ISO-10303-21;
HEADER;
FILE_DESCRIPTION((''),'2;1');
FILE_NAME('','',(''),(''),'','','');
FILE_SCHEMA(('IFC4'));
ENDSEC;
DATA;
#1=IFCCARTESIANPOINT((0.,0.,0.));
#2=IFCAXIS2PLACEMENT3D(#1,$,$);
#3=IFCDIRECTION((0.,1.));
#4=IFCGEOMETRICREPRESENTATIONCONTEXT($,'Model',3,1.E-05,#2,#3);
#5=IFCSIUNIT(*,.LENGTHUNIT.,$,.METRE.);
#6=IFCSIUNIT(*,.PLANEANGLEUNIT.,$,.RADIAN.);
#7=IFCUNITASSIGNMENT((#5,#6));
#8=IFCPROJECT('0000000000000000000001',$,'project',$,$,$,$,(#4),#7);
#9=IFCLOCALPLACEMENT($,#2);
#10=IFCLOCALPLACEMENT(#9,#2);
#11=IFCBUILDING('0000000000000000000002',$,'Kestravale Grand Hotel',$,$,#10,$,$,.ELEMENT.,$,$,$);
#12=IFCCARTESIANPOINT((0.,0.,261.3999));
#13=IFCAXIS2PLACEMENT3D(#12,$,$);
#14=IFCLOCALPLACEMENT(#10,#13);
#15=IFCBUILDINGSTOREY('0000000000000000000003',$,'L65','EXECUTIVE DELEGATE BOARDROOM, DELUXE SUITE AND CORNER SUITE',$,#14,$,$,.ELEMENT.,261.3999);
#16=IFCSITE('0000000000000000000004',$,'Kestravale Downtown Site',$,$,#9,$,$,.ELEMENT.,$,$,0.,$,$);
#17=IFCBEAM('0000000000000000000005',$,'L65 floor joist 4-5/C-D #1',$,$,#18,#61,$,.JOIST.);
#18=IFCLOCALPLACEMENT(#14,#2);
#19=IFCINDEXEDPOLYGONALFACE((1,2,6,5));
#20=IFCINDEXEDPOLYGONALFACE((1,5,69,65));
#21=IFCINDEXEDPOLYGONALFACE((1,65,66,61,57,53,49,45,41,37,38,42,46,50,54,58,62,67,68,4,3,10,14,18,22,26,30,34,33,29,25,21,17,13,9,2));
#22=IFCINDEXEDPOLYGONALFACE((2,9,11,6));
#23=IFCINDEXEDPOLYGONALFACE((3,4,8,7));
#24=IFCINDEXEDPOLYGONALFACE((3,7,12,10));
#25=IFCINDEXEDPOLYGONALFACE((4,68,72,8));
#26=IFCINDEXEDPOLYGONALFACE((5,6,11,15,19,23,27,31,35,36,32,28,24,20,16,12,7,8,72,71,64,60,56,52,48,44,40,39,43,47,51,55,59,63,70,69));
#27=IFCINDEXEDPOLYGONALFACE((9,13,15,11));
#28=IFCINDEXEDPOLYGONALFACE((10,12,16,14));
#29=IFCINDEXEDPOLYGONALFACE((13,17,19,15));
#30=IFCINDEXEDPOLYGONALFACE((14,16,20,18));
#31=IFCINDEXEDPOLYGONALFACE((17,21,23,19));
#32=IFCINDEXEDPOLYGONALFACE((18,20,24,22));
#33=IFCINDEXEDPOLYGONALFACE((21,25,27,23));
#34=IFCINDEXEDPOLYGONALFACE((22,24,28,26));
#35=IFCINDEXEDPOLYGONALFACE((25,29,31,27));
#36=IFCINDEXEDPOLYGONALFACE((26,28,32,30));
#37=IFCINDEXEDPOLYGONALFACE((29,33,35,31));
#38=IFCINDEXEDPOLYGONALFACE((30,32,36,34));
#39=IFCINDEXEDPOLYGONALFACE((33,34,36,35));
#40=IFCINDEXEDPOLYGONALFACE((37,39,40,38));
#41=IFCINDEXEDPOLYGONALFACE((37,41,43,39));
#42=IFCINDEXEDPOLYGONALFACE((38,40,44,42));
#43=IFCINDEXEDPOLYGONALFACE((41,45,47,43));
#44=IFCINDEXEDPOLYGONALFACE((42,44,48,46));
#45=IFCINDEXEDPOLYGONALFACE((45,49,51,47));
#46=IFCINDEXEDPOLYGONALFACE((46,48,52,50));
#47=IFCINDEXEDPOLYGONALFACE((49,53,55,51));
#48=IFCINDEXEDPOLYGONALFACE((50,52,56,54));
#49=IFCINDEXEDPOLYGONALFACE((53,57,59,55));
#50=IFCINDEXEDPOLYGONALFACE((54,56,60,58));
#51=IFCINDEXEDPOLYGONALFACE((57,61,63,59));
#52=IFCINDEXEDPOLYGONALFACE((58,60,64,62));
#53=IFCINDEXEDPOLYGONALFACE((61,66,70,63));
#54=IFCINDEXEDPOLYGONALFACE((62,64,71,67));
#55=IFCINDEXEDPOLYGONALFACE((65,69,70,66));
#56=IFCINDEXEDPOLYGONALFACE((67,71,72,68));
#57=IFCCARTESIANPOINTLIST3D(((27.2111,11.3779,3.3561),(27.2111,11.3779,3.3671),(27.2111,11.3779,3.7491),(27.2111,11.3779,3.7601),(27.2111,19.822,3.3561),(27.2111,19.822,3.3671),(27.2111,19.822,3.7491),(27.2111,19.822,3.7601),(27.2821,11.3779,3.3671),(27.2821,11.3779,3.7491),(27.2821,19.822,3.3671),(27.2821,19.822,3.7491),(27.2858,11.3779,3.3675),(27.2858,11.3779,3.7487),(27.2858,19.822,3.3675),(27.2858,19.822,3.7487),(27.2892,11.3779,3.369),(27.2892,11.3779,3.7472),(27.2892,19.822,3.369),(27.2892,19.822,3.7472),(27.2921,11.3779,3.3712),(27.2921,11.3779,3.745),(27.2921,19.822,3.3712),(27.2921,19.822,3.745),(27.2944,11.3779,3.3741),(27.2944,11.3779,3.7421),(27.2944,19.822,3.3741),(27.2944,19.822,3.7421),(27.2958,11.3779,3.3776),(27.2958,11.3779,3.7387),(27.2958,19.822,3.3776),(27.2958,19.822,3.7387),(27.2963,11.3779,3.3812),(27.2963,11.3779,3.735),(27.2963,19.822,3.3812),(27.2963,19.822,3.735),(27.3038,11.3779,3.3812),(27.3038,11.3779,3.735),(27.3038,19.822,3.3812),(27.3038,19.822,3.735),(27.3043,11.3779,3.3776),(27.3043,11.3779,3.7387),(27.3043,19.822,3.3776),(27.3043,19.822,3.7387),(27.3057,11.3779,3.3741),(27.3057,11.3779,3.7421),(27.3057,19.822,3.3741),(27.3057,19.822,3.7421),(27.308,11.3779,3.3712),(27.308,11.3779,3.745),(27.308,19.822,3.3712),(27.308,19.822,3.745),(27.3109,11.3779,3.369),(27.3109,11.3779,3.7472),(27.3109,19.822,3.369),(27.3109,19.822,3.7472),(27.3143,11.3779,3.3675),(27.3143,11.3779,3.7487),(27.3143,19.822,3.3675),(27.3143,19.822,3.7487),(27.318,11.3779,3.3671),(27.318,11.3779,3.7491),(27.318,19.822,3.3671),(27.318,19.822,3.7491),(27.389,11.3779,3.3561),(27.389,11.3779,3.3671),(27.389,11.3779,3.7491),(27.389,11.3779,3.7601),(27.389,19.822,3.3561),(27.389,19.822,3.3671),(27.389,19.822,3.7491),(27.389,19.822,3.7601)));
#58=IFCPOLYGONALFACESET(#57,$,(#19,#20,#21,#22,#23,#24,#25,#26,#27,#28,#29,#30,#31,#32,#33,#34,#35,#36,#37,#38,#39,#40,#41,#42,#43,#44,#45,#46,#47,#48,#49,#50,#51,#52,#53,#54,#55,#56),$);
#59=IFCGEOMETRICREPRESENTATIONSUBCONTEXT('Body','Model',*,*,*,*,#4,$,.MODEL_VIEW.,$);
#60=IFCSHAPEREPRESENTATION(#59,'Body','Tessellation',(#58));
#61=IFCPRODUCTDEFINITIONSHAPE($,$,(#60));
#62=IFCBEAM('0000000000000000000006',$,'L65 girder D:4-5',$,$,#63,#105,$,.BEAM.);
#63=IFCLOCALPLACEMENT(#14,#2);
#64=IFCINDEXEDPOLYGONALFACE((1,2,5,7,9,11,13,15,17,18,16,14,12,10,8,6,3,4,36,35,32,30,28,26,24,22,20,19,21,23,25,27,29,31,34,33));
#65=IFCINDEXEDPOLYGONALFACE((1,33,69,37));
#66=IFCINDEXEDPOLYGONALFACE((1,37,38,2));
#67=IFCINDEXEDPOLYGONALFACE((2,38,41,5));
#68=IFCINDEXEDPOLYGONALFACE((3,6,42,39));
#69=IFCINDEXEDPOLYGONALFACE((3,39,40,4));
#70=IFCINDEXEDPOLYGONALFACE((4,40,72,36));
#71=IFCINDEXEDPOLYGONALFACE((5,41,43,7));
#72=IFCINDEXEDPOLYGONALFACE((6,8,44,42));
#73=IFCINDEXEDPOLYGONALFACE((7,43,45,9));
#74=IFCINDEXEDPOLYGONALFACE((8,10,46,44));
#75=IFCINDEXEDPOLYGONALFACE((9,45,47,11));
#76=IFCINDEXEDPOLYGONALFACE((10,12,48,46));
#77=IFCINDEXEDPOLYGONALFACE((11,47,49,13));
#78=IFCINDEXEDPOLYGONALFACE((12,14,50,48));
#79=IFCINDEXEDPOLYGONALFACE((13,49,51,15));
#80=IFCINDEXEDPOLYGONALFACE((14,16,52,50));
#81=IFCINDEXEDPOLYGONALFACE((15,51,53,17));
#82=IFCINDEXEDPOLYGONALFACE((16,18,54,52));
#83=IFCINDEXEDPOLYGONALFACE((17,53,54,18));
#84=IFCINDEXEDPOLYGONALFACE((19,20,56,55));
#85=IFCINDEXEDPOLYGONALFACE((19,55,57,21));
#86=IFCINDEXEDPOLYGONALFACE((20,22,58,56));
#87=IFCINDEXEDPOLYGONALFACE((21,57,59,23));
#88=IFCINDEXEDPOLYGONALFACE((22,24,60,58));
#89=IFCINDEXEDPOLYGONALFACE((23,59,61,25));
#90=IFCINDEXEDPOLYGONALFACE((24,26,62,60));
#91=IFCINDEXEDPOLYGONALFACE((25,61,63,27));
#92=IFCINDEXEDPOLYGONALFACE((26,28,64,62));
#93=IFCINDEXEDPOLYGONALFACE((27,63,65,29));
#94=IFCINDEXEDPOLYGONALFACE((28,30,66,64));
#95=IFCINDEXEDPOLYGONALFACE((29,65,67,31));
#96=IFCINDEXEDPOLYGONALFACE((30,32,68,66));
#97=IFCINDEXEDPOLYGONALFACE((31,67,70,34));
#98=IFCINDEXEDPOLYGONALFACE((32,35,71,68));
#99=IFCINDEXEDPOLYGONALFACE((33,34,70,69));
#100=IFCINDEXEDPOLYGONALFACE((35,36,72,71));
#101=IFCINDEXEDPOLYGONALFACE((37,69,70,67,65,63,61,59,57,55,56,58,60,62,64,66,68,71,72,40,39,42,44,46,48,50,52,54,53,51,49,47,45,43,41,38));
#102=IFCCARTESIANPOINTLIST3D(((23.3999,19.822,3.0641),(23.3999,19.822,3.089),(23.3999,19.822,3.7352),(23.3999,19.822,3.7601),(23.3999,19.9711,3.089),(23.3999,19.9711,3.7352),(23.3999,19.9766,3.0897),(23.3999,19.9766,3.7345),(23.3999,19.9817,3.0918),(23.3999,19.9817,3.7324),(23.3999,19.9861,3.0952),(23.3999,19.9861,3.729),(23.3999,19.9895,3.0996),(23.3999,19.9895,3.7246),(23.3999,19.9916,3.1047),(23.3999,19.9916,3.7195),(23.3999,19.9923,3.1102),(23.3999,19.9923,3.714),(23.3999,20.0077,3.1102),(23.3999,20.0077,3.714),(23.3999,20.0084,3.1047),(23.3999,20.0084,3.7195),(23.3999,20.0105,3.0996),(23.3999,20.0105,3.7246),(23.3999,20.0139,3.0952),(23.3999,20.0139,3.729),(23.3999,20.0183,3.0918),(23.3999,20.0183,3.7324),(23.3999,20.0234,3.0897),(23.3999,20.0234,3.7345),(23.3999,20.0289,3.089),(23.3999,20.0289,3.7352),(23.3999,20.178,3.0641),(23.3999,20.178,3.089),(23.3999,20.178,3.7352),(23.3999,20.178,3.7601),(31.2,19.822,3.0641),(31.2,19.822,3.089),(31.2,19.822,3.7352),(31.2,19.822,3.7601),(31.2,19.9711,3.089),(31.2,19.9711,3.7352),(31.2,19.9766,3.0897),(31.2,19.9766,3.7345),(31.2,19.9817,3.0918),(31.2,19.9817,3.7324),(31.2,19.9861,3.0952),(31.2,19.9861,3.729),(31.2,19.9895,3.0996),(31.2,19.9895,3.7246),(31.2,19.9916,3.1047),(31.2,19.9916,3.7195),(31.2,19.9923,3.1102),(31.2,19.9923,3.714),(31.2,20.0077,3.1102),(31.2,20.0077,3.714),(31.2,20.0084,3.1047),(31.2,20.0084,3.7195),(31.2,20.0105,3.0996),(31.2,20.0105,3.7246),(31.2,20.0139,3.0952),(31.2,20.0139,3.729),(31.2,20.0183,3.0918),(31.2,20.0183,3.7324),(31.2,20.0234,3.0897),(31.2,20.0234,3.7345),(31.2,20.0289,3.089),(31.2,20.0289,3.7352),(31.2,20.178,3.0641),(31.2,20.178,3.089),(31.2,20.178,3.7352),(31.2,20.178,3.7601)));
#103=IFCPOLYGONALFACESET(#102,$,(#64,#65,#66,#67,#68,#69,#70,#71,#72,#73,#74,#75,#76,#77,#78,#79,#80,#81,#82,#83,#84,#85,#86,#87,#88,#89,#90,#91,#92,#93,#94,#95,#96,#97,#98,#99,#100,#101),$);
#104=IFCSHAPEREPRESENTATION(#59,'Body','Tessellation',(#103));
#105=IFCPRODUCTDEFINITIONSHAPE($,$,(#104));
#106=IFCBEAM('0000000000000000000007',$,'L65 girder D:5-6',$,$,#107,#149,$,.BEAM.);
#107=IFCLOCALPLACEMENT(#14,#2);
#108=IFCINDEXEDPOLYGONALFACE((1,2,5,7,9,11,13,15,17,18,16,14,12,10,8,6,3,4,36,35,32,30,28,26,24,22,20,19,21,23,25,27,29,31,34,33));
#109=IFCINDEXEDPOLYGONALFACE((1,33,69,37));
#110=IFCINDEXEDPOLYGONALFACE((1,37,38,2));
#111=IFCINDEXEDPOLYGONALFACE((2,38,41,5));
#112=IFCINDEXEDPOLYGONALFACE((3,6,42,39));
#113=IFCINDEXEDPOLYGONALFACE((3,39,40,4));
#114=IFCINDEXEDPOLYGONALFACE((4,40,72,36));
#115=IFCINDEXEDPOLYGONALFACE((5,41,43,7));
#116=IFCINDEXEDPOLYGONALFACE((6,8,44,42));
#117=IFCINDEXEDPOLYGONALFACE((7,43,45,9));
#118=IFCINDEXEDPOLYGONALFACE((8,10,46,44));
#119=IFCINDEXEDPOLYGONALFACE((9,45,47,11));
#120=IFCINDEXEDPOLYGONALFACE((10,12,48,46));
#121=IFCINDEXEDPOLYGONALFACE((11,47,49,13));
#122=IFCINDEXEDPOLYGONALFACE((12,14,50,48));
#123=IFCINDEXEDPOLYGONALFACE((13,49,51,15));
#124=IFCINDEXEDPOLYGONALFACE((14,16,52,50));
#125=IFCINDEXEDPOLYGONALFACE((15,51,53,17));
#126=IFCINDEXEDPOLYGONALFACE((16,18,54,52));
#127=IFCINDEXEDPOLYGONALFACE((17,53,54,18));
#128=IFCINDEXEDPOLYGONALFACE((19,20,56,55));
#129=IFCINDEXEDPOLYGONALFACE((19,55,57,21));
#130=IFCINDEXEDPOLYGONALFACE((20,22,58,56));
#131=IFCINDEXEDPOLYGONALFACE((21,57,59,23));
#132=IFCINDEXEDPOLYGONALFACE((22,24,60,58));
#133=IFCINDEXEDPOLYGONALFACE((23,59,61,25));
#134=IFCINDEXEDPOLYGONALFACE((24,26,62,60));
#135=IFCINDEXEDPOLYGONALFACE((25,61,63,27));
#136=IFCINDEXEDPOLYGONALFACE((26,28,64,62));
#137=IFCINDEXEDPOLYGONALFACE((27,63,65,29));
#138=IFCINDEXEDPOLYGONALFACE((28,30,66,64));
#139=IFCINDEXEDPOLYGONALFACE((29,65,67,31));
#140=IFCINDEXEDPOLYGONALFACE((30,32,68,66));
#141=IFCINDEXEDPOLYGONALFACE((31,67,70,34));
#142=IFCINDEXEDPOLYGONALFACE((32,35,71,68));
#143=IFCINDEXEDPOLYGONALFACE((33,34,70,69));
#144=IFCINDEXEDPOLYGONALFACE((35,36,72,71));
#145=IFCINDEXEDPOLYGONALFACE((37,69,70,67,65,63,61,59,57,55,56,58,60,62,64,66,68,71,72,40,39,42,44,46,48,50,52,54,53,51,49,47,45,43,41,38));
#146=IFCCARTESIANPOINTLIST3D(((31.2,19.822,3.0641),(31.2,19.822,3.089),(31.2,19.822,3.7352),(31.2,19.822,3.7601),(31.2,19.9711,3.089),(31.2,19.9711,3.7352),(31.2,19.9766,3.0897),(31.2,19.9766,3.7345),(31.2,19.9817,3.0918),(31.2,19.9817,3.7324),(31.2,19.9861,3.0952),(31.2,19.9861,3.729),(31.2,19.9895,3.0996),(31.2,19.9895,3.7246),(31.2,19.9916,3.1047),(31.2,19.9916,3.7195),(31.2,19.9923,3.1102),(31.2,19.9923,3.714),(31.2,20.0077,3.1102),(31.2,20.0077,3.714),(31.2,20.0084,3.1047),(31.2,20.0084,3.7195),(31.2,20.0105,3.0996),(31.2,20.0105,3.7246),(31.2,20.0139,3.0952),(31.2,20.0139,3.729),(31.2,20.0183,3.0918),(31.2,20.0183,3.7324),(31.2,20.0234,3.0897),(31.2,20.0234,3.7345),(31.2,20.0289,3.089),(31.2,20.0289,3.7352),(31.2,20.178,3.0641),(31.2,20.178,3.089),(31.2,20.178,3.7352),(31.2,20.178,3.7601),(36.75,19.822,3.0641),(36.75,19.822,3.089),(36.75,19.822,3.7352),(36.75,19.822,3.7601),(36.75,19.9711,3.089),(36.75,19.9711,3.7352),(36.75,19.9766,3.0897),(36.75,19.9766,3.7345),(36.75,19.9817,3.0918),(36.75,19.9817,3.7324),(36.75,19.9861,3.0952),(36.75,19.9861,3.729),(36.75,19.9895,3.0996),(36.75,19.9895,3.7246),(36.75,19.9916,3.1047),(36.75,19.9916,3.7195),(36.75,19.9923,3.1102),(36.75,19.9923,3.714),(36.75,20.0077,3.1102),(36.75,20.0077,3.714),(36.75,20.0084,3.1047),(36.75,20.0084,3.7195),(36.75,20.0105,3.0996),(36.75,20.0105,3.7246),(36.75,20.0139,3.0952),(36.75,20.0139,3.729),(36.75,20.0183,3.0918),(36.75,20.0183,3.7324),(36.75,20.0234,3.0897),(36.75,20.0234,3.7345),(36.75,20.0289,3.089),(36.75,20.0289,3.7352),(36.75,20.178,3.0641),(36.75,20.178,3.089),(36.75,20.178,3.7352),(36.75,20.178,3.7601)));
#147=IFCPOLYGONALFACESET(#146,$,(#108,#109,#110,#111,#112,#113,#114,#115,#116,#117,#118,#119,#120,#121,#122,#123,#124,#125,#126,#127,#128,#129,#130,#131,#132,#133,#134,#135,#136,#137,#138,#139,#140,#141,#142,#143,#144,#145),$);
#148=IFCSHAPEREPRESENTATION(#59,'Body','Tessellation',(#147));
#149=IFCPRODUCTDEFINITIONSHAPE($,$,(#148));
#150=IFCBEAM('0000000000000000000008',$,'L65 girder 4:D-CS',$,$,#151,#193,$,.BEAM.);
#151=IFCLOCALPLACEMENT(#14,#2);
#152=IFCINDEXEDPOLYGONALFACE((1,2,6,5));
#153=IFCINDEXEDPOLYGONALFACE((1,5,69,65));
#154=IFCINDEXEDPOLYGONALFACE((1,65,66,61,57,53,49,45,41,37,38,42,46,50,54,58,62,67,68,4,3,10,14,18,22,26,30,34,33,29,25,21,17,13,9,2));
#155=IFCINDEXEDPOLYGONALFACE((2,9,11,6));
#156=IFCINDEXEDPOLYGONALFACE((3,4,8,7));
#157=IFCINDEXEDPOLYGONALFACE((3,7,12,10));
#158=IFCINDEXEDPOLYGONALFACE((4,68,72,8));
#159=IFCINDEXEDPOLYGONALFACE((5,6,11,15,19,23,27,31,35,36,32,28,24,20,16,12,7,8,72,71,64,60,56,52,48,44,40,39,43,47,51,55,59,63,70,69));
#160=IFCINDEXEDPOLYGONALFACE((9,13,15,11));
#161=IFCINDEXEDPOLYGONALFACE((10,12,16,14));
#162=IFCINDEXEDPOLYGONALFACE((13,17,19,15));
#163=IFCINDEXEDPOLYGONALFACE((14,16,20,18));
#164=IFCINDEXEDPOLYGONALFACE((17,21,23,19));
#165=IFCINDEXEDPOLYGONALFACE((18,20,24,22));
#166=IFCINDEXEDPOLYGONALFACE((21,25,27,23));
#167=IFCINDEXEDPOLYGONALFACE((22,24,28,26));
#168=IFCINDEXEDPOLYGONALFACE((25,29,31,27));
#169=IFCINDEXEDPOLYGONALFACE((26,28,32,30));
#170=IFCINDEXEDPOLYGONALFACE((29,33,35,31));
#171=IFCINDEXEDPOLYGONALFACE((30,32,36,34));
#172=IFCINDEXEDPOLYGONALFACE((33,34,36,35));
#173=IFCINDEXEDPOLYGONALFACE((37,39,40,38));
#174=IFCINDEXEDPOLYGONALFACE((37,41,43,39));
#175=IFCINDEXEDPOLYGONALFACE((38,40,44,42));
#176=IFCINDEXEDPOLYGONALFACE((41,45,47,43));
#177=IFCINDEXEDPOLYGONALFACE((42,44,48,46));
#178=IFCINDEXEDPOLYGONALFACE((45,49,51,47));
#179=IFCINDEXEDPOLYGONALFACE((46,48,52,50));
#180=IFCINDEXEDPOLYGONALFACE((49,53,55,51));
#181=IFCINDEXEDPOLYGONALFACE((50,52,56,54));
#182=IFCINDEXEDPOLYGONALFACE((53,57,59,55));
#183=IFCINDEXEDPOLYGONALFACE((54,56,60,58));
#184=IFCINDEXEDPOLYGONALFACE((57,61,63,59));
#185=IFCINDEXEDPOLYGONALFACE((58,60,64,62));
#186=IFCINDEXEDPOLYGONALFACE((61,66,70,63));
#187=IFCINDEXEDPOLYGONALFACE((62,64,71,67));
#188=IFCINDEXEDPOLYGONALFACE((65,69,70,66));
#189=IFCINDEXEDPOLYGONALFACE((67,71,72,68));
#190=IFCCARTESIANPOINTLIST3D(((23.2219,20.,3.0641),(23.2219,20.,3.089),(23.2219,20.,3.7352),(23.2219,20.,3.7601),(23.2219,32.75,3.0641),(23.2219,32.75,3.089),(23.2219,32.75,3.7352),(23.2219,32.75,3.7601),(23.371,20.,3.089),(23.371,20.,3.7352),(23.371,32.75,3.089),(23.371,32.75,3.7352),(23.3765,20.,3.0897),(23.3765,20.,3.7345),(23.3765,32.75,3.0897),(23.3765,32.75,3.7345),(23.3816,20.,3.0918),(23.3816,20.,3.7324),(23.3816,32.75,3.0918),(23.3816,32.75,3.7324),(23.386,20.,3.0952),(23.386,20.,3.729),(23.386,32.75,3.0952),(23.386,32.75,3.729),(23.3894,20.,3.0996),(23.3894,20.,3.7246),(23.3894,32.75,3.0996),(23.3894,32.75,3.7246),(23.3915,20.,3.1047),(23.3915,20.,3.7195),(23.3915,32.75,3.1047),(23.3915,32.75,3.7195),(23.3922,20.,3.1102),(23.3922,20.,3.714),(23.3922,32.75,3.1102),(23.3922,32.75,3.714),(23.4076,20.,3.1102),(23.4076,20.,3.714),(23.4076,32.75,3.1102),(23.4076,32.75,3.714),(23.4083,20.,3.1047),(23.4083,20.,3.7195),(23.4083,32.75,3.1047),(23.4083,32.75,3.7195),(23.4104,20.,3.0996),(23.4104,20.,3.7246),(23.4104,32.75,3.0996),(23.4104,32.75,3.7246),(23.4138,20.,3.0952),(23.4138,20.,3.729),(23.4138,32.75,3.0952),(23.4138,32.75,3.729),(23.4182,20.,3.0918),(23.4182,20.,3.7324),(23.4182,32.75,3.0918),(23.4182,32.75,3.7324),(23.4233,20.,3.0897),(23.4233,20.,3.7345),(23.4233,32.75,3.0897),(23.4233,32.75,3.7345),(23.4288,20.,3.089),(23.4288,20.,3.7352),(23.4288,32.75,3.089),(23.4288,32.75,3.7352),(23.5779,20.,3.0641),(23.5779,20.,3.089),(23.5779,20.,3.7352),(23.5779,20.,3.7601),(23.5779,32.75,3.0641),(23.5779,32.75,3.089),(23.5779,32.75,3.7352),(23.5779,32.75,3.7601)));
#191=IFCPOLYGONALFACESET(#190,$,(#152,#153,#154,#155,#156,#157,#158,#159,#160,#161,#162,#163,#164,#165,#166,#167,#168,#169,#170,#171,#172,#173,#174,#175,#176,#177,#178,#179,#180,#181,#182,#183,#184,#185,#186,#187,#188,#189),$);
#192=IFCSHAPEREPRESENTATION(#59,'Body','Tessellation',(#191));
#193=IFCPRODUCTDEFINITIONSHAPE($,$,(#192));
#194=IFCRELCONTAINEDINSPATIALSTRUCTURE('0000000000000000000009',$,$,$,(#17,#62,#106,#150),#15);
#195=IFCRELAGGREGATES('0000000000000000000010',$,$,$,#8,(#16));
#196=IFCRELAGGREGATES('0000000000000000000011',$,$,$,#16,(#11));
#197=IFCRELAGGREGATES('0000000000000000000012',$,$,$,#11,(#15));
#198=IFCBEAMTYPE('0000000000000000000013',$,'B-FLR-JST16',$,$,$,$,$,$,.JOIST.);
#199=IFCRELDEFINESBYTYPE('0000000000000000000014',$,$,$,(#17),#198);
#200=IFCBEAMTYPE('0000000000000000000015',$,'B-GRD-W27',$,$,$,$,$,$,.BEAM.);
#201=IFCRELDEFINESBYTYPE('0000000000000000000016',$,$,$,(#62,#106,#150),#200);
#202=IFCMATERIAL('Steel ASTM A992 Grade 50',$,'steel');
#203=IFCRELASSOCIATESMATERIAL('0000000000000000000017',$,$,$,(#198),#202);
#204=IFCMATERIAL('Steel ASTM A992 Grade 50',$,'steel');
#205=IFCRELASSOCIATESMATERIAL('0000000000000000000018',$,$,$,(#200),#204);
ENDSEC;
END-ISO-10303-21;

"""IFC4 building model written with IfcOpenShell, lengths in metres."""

from ifc_helpers import new_model, si_unit, direction, frame, origin, origin_2d, place, context, subcontext, project, spatial, i_section, extrude, material, material_profile, profile_set, type_object, element, save


model = new_model("IFC4")

# Units and contexts
model_context = context("Model", 3, precision=1e-05, world=origin(), true_north=direction((0.0, 1.0)))
body_context = subcontext(model_context, "Body", "Model", "MODEL_VIEW")
ifc_project = project(units=[si_unit("LENGTHUNIT", "METRE"), si_unit("PLANEANGLEUNIT", "RADIAN")], contexts=[model_context])

# Site, building, storey
site_placement = place(None, origin())
site = spatial("IfcSite", under=ifc_project, at=site_placement, Name="Kestravale Downtown Site", CompositionType="ELEMENT", RefElevation=0.0)
building_placement = place(site_placement, origin())
building = spatial("IfcBuilding", under=site, at=building_placement, Name="Kestravale Grand Hotel", CompositionType="ELEMENT")
storey_placement = place(building_placement, frame((0.0, 0.0, 261.3999)))
storey = spatial("IfcBuildingStorey", under=building, at=storey_placement, Name="L65", Description="EXECUTIVE DELEGATE BOARDROOM, DELUXE SUITE AND CORNER SUITE", CompositionType="ELEMENT", Elevation=261.3999)

# Beams
ifc_material_1 = material(Name="Steel ASTM A992 Grade 50", Category="steel")
ifc_material_profile_1 = material_profile(ifc_material_1, i_section(OverallWidth=0.178, OverallDepth=0.4041, WebThickness=0.0076, FlangeThickness=0.011, FilletRadius=0.0142, at=origin_2d()))
ifc_profile_set_1 = profile_set([ifc_material_profile_1], Name="Steel ASTM A992 Grade 50")
beam_type_1 = type_object("IfcBeamType", Name="B-FLR-JST16", PredefinedType="JOIST", material=ifc_profile_set_1)
for number, where, z_axis, x_axis, name in (
    (1, (27.3, 11.3779, 3.5581), (0.0, 1.0, 0.0), (-1.0, 0.0, 0.0), "L65 floor joist 4-5/C-D #1"),
):
    element("IfcBeam", number, at=place(storey_placement, frame(where, z_axis=z_axis, x_axis=x_axis)), inside=storey, type_object=beam_type_1, Name=name, PredefinedType="JOIST", context=body_context, shape_type="SweptSolid", body=[
        extrude(i_section(OverallWidth=0.178, OverallDepth=0.4041, WebThickness=0.0076, FlangeThickness=0.011, FilletRadius=0.0142, at=origin_2d()), origin(), (0.0, 0.0, 1.0), 8.4441),
    ])
ifc_material_2 = material(Name="Steel ASTM A992 Grade 50", Category="steel")
ifc_material_profile_2 = material_profile(ifc_material_2, i_section(OverallWidth=0.356, OverallDepth=0.696, WebThickness=0.0154, FlangeThickness=0.0249, FilletRadius=0.0212, at=origin_2d()))
ifc_profile_set_2 = profile_set([ifc_material_profile_2], Name="Steel ASTM A992 Grade 50")
beam_type_2 = type_object("IfcBeamType", Name="B-GRD-W27", PredefinedType="BEAM", material=ifc_profile_set_2)
beam_1_placement = place(storey_placement, frame((23.3999, 20.0, 3.4121), z_axis=(1.0, 0.0, 0.0), x_axis=(0.0, 1.0, 0.0)))
element("IfcBeam", 2, at=beam_1_placement, inside=storey, type_object=beam_type_2, Name="L65 girder D:4-5", PredefinedType="BEAM", context=body_context, shape_type="SweptSolid", body=[
    extrude(i_section(OverallWidth=0.356, OverallDepth=0.696, WebThickness=0.0154, FlangeThickness=0.0249, FilletRadius=0.0212, at=origin_2d()), origin(), (0.0, 0.0, 1.0), 7.8),
])
beam_2_placement = place(storey_placement, frame((31.2, 20.0, 3.4121), z_axis=(1.0, 0.0, 0.0), x_axis=(0.0, 1.0, 0.0)))
element("IfcBeam", 3, at=beam_2_placement, inside=storey, type_object=beam_type_2, Name="L65 girder D:5-6", PredefinedType="BEAM", context=body_context, shape_type="SweptSolid", body=[
    extrude(i_section(OverallWidth=0.356, OverallDepth=0.696, WebThickness=0.0154, FlangeThickness=0.0249, FilletRadius=0.0212, at=origin_2d()), origin(), (0.0, 0.0, 1.0), 5.55),
])
for number, where, z_axis, x_axis, name in (
    (4, (23.3999, 20.0, 3.4121), (0.0, 1.0, 0.0), (-1.0, 0.0, 0.0), "L65 girder 4:D-CS"),
):
    element("IfcBeam", number, at=place(storey_placement, frame(where, z_axis=z_axis, x_axis=x_axis)), inside=storey, type_object=beam_type_2, Name=name, PredefinedType="BEAM", context=body_context, shape_type="SweptSolid", body=[
        extrude(i_section(OverallWidth=0.356, OverallDepth=0.696, WebThickness=0.0154, FlangeThickness=0.0249, FilletRadius=0.0212, at=origin_2d()), origin(), (0.0, 0.0, 1.0), 12.75),
    ])

save(model, "model.ifc")
